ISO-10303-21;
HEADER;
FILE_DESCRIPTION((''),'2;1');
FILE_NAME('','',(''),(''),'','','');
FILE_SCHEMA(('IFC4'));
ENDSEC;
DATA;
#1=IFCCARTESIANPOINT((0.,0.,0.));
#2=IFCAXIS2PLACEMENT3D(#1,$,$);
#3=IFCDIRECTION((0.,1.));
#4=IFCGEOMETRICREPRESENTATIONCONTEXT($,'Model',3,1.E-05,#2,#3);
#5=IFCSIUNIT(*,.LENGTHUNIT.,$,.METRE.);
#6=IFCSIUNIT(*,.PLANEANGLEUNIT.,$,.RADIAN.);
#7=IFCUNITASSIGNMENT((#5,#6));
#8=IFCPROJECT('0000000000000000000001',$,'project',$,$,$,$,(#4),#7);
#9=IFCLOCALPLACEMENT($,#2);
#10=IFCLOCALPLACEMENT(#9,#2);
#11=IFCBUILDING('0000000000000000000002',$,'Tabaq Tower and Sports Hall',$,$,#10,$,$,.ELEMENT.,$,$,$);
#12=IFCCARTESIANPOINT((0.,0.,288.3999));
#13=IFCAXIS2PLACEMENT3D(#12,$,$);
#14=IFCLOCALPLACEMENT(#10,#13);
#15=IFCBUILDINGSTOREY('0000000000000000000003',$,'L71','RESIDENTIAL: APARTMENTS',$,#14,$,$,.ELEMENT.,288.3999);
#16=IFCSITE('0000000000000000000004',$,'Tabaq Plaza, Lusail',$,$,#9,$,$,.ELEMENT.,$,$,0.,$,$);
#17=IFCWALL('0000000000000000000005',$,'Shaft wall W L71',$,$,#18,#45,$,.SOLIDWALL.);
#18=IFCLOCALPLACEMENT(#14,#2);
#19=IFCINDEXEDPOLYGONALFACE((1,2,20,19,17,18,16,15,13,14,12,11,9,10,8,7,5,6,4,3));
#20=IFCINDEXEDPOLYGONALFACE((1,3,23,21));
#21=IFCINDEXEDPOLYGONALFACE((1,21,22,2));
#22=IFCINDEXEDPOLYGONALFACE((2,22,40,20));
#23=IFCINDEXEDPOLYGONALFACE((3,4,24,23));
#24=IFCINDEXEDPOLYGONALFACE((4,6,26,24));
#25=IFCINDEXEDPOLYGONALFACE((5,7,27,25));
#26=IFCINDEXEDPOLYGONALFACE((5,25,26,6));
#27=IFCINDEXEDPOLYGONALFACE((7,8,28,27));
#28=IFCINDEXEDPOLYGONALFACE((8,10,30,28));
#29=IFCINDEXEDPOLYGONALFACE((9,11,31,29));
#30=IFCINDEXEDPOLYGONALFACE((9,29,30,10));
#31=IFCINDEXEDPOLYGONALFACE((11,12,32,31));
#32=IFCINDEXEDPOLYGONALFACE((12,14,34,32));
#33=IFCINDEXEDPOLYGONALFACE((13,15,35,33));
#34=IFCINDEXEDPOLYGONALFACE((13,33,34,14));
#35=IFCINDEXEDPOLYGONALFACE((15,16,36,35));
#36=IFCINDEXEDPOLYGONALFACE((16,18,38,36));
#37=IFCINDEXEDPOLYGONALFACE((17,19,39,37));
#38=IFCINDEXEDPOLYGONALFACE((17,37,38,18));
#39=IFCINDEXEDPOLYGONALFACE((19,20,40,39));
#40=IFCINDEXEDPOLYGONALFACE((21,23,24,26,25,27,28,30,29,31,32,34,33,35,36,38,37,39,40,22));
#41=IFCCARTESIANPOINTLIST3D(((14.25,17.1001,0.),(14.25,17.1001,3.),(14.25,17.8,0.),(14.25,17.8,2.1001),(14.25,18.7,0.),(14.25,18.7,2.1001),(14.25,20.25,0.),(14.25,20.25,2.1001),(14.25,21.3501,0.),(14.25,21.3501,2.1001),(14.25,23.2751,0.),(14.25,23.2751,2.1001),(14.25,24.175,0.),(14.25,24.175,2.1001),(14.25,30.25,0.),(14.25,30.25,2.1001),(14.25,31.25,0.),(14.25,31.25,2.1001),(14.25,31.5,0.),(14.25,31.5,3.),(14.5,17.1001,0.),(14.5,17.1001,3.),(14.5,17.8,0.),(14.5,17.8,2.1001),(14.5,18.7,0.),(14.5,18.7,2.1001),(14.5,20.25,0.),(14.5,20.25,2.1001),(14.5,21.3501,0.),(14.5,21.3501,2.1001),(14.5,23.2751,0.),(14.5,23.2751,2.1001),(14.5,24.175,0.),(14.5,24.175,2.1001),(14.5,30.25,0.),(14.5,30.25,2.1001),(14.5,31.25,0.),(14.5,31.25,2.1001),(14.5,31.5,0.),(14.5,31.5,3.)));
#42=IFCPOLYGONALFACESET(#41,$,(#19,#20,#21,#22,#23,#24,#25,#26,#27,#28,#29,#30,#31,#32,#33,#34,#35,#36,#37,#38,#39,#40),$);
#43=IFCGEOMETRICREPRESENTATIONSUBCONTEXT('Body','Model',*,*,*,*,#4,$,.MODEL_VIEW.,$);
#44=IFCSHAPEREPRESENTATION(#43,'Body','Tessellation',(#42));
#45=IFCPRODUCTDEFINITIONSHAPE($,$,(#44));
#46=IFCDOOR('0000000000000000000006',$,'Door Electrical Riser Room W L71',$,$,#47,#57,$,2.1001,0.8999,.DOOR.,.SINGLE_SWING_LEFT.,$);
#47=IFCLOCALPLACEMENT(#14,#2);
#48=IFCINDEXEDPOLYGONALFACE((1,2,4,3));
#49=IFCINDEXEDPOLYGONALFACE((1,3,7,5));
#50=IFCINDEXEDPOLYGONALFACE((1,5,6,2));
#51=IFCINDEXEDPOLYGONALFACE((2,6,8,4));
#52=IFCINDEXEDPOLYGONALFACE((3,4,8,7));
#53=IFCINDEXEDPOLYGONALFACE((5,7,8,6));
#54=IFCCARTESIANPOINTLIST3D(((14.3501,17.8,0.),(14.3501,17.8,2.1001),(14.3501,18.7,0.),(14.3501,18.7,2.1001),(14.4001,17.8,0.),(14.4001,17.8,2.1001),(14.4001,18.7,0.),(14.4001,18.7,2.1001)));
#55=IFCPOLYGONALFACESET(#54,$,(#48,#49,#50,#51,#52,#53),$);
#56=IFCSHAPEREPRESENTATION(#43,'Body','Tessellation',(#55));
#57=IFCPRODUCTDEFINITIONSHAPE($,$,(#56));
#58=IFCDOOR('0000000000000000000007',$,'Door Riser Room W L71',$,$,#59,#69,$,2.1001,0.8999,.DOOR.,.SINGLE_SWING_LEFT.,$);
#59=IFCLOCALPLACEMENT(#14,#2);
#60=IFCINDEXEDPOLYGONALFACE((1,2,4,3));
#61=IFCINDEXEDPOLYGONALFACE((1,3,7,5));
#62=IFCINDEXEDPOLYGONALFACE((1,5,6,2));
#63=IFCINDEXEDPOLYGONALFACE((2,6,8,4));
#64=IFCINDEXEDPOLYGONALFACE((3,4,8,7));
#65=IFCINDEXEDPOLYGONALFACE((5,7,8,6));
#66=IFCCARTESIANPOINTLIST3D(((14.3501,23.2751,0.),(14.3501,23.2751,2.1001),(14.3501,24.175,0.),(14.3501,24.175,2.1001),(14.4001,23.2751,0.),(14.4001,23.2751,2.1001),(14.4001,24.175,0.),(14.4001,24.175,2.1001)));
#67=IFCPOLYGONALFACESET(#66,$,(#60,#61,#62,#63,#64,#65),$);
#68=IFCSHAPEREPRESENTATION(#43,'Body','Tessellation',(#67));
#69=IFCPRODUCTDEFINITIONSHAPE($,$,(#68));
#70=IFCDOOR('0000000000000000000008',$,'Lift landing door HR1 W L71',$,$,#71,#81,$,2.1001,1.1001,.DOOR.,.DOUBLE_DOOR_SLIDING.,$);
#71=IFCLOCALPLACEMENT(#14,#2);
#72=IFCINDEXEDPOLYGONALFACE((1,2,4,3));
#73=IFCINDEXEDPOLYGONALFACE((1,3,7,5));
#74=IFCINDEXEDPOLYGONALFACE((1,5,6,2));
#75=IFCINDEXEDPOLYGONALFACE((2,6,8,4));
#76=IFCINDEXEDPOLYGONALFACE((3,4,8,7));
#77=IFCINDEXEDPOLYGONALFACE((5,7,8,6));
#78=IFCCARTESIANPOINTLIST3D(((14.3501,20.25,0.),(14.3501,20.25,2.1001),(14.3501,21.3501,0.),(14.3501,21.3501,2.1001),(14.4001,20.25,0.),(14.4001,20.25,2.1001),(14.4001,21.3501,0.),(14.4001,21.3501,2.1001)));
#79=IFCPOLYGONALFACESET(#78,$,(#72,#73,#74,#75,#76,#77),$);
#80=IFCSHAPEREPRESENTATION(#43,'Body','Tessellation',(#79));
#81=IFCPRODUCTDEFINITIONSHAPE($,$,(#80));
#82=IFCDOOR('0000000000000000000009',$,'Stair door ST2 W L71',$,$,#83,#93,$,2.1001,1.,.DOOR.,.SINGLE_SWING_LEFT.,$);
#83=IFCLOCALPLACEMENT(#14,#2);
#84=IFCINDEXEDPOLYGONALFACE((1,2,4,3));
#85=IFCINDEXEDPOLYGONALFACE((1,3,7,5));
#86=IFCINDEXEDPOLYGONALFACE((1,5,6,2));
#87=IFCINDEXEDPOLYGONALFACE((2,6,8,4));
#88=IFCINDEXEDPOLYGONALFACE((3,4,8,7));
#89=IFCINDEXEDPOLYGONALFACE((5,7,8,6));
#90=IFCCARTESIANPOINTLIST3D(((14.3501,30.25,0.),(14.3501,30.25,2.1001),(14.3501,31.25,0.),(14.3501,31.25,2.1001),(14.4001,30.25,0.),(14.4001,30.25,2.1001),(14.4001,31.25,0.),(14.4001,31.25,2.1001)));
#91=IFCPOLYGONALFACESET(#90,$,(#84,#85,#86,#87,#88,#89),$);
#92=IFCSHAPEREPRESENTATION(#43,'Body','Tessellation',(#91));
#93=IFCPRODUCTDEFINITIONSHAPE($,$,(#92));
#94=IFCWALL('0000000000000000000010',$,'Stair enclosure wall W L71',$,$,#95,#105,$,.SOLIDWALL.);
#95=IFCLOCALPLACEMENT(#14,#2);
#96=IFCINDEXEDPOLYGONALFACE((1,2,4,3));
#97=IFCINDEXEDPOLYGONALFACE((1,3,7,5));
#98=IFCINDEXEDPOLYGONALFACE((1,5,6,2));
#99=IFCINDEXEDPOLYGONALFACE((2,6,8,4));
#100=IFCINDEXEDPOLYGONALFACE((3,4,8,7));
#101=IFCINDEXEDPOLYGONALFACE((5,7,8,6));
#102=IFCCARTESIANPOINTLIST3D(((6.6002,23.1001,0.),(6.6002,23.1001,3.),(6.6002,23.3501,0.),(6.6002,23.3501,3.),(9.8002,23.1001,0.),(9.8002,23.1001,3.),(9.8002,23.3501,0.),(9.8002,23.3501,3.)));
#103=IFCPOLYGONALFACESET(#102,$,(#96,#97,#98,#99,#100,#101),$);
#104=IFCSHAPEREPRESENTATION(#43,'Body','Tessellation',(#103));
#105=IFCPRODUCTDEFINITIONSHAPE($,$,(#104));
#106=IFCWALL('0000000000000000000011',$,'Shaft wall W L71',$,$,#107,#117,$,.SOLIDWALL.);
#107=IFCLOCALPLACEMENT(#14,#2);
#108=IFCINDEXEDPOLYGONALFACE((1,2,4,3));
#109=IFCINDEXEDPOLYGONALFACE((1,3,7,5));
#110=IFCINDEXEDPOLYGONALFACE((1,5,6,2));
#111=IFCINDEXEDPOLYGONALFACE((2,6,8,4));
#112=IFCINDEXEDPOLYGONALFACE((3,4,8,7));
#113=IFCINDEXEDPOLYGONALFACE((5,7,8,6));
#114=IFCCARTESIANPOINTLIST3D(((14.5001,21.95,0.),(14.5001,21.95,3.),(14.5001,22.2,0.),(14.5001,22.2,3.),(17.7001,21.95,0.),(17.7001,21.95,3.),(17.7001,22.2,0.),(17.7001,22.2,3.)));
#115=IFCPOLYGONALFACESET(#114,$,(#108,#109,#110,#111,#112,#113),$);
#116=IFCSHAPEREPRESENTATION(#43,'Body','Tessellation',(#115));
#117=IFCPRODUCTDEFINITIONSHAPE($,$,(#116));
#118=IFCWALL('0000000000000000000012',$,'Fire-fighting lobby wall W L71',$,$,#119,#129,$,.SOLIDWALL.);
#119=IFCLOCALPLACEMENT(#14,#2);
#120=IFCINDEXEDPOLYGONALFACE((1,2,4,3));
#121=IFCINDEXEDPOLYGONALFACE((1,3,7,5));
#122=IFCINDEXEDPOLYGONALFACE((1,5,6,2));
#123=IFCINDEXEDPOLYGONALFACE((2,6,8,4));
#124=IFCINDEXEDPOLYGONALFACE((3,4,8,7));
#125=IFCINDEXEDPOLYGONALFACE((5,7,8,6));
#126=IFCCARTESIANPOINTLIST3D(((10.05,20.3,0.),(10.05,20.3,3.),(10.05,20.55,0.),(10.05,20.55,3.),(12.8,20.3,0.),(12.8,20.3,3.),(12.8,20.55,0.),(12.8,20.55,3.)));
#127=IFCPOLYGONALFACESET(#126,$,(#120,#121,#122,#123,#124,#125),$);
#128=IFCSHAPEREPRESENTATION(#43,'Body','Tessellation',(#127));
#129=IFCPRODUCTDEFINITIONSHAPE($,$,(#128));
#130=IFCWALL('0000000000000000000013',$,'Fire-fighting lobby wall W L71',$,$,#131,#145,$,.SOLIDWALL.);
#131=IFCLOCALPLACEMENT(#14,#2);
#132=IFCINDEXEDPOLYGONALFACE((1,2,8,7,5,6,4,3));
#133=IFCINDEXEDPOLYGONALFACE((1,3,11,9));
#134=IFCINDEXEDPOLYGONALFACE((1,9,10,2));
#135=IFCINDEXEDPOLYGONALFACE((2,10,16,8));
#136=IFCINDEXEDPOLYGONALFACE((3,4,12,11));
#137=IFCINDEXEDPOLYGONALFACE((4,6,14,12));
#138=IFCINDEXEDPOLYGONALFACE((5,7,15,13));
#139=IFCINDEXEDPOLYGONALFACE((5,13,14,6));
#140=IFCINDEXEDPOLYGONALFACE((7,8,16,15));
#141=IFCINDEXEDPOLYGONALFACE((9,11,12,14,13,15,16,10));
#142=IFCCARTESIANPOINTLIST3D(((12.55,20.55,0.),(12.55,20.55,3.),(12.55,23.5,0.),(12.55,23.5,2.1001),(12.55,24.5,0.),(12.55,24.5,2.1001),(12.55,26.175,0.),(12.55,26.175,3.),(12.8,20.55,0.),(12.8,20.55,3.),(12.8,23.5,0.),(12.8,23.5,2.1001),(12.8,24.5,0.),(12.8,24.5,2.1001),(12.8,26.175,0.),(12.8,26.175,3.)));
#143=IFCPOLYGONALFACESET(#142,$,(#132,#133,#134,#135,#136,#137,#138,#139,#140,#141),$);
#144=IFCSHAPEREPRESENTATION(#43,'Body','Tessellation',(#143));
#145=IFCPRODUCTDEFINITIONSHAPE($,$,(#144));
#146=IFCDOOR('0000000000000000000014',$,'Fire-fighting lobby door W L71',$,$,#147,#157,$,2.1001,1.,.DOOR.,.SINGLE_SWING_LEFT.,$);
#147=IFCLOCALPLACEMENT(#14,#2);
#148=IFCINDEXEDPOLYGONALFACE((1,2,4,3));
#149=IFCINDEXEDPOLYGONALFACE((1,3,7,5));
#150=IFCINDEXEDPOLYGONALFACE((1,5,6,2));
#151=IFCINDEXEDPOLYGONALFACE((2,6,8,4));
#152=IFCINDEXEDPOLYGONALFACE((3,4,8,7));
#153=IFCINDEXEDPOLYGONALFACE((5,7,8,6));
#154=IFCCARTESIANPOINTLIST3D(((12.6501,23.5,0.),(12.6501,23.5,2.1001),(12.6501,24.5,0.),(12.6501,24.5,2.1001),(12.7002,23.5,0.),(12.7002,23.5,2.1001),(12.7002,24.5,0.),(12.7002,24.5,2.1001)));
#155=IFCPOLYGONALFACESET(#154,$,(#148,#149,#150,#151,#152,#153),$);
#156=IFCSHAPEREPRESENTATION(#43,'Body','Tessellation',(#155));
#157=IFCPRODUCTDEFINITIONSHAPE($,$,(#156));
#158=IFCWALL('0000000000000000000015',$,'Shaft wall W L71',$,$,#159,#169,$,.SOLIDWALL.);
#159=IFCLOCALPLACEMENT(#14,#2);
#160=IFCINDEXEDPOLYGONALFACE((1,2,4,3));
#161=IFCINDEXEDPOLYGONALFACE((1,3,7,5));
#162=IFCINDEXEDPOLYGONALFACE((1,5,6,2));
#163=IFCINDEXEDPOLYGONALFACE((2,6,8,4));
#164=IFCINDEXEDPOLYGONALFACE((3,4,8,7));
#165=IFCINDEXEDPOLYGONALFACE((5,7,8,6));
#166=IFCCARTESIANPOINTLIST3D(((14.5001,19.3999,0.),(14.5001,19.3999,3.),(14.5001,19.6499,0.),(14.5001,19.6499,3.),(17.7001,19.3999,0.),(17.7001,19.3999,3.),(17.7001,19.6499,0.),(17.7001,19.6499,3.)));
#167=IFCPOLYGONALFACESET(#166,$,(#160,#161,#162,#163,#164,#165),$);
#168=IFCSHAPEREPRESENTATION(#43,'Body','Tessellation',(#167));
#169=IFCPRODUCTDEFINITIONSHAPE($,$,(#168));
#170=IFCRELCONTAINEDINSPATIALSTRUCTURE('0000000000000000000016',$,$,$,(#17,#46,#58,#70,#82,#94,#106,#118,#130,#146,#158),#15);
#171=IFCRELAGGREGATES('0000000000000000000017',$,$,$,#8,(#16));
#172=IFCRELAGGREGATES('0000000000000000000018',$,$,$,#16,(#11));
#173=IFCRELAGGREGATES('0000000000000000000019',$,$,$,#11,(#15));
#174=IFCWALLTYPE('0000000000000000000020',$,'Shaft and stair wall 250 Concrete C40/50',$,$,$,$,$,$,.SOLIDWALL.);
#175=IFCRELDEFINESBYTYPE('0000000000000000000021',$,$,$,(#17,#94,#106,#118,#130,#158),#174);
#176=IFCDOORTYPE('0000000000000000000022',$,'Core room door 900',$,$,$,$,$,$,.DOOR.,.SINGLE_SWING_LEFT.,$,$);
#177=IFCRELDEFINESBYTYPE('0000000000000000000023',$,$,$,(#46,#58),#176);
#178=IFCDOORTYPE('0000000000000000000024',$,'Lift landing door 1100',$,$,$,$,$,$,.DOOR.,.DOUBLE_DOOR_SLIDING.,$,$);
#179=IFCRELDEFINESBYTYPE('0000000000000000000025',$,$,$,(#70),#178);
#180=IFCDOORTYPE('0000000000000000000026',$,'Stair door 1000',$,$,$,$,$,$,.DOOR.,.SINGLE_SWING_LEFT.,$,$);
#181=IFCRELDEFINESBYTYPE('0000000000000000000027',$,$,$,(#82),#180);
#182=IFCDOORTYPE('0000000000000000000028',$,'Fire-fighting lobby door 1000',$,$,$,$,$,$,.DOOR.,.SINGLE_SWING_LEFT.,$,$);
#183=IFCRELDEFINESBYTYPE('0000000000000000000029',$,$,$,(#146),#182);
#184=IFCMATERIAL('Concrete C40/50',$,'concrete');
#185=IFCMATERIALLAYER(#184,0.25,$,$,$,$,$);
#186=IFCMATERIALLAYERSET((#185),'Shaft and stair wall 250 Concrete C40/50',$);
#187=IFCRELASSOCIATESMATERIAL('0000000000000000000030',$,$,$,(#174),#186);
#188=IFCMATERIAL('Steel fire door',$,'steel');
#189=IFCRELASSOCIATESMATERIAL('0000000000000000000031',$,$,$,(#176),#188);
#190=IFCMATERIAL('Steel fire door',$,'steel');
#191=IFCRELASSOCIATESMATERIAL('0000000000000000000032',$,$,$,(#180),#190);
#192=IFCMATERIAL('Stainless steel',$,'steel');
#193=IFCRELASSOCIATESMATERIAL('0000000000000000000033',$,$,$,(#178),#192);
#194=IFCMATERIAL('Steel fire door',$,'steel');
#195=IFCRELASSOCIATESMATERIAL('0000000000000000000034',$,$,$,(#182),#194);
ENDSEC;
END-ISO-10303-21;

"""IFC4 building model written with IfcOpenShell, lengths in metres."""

from ifc_helpers import new_model, si_unit, direction, frame, frame_2d, origin, place, context, subcontext, project, spatial, rectangle, extrude, material, layer, layer_set, type_object, element, fill, save


model = new_model("IFC4")

# Units and contexts
model_context = context("Model", 3, precision=1e-05, world=origin(), true_north=direction((0.0, 1.0)))
body_context = subcontext(model_context, "Body", "Model", "MODEL_VIEW")
ifc_project = project(units=[si_unit("LENGTHUNIT", "METRE"), si_unit("PLANEANGLEUNIT", "RADIAN")], contexts=[model_context])

# Site, building, storey
site_placement = place(None, origin())
site = spatial("IfcSite", under=ifc_project, at=site_placement, Name="Tabaq Plaza, Lusail", CompositionType="ELEMENT", RefElevation=0.0)
building_placement = place(site_placement, origin())
building = spatial("IfcBuilding", under=site, at=building_placement, Name="Tabaq Tower and Sports Hall", CompositionType="ELEMENT")
storey_placement = place(building_placement, frame((0.0, 0.0, 288.3999)))
storey = spatial("IfcBuildingStorey", under=building, at=storey_placement, Name="L71", Description="RESIDENTIAL: APARTMENTS", CompositionType="ELEMENT", Elevation=288.3999)

# Wall, openings, doors
ifc_material_1 = material(Name="Concrete C40/50", Category="concrete")
ifc_layer_1 = layer(ifc_material_1, 0.25)
ifc_layer_set_1 = layer_set([ifc_layer_1], Name="Shaft and stair wall 250 Concrete C40/50")
wall_type_1 = type_object("IfcWallType", Name="Shaft and stair wall 250 Concrete C40/50", PredefinedType="SOLIDWALL", material=ifc_layer_set_1)
ifc_material_2 = material(Name="Steel fire door", Category="steel")
door_type_1 = type_object("IfcDoorType", Name="Core room door 900", OperationType="SINGLE_SWING_LEFT", PredefinedType="DOOR", material=ifc_material_2)
ifc_material_3 = material(Name="Steel fire door", Category="steel")
door_type_2 = type_object("IfcDoorType", Name="Stair door 1000", OperationType="SINGLE_SWING_LEFT", PredefinedType="DOOR", material=ifc_material_3)
wall_1_placement = place(storey_placement, frame((14.375, 17.1001, 0.0), z_axis=(0.0, 0.0, 1.0), x_axis=(0.0, 1.0, 0.0)))
wall_1 = element("IfcWall", 1, at=wall_1_placement, inside=storey, type_object=wall_type_1, Name="Shaft wall W L71", PredefinedType="SOLIDWALL", context=body_context, shape_type="SweptSolid", body=[
    extrude(rectangle(XDim=14.3999, YDim=0.25, at=frame_2d((7.2, 0.0))), origin(), (0.0, 0.0, 1.0), 3.0),
])
opening_1_placement = place(wall_1_placement, frame((13.1499, 0.0, 0.0)))
opening_1 = element("IfcOpeningElement", 2, at=opening_1_placement, cuts=wall_1, PredefinedType="OPENING", context=body_context, shape_type="SweptSolid", body=[
    extrude(rectangle(XDim=1.0, YDim=2.1001, at=frame_2d((0.5, 1.05))), frame((0.0, 0.125, 0.0), z_axis=(0.0, -1.0, 0.0), x_axis=(1.0, 0.0, 0.0)), (0.0, 0.0, 1.0), 0.25),
])
opening_2_placement = place(wall_1_placement, frame((3.1499, 0.0, 0.0)))
opening_2 = element("IfcOpeningElement", 3, at=opening_2_placement, cuts=wall_1, PredefinedType="OPENING", context=body_context, shape_type="SweptSolid", body=[
    extrude(rectangle(XDim=1.1001, YDim=2.1001, at=frame_2d((0.55, 1.05))), frame((0.0, 0.125, 0.0), z_axis=(0.0, -1.0, 0.0), x_axis=(1.0, 0.0, 0.0)), (0.0, 0.0, 1.0), 0.25),
])
opening_3_placement = place(wall_1_placement, frame((0.7, 0.0, 0.0)))
opening_3 = element("IfcOpeningElement", 4, at=opening_3_placement, cuts=wall_1, PredefinedType="OPENING", context=body_context, shape_type="SweptSolid", body=[
    extrude(rectangle(XDim=0.8999, YDim=2.1001, at=frame_2d((0.45, 1.05))), frame((0.0, 0.125, 0.0), z_axis=(0.0, -1.0, 0.0), x_axis=(1.0, 0.0, 0.0)), (0.0, 0.0, 1.0), 0.25),
])
opening_4_placement = place(wall_1_placement, frame((6.175, 0.0, 0.0)))
opening_4 = element("IfcOpeningElement", 5, at=opening_4_placement, cuts=wall_1, PredefinedType="OPENING", context=body_context, shape_type="SweptSolid", body=[
    extrude(rectangle(XDim=0.8999, YDim=2.1001, at=frame_2d((0.45, 1.05))), frame((0.0, 0.125, 0.0), z_axis=(0.0, -1.0, 0.0), x_axis=(1.0, 0.0, 0.0)), (0.0, 0.0, 1.0), 0.25),
])
door_1_placement = place(opening_3_placement, origin())
door_1 = element("IfcDoor", 6, at=door_1_placement, inside=storey, type_object=door_type_1, Name="Door Electrical Riser Room W L71", OperationType="SINGLE_SWING_LEFT", OverallHeight=2.1001, OverallWidth=0.8999, PredefinedType="DOOR", context=body_context, shape_type="SweptSolid", body=[
    extrude(rectangle(XDim=0.8999, YDim=2.1001, at=frame_2d((0.45, 1.05))), frame((0.0, 0.0249, 0.0), z_axis=(0.0, -1.0, 0.0), x_axis=(1.0, 0.0, 0.0)), (0.0, 0.0, 1.0), 0.05),
])
fill(opening_3, door_1)
door_2_placement = place(opening_4_placement, origin())
door_2 = element("IfcDoor", 7, at=door_2_placement, inside=storey, type_object=door_type_1, Name="Door Riser Room W L71", OperationType="SINGLE_SWING_LEFT", OverallHeight=2.1001, OverallWidth=0.8999, PredefinedType="DOOR", context=body_context, shape_type="SweptSolid", body=[
    extrude(rectangle(XDim=0.8999, YDim=2.1001, at=frame_2d((0.45, 1.05))), frame((0.0, 0.0249, 0.0), z_axis=(0.0, -1.0, 0.0), x_axis=(1.0, 0.0, 0.0)), (0.0, 0.0, 1.0), 0.05),
])
fill(opening_4, door_2)
ifc_material_4 = material(Name="Stainless steel", Category="steel")
door_type_3 = type_object("IfcDoorType", Name="Lift landing door 1100", OperationType="DOUBLE_DOOR_SLIDING", PredefinedType="DOOR", material=ifc_material_4)
door_3_placement = place(opening_2_placement, origin())
door_3 = element("IfcDoor", 8, at=door_3_placement, inside=storey, type_object=door_type_3, Name="Lift landing door HR1 W L71", OperationType="DOUBLE_DOOR_SLIDING", OverallHeight=2.1001, OverallWidth=1.1001, PredefinedType="DOOR", context=body_context, shape_type="SweptSolid", body=[
    extrude(rectangle(XDim=1.1001, YDim=2.1001, at=frame_2d((0.55, 1.05))), frame((0.0, 0.0249, 0.0), z_axis=(0.0, -1.0, 0.0), x_axis=(1.0, 0.0, 0.0)), (0.0, 0.0, 1.0), 0.05),
])
fill(opening_2, door_3)
door_4_placement = place(opening_1_placement, origin())
door_4 = element("IfcDoor", 9, at=door_4_placement, inside=storey, type_object=door_type_2, Name="Stair door ST2 W L71", OperationType="SINGLE_SWING_LEFT", OverallHeight=2.1001, OverallWidth=1.0, PredefinedType="DOOR", context=body_context, shape_type="SweptSolid", body=[
    extrude(rectangle(XDim=1.0, YDim=2.1001, at=frame_2d((0.5, 1.05))), frame((0.0, 0.0249, 0.0), z_axis=(0.0, -1.0, 0.0), x_axis=(1.0, 0.0, 0.0)), (0.0, 0.0, 1.0), 0.05),
])
fill(opening_1, door_4)

# Walls
for number, where, z_axis, x_axis, name in (
    (10, (6.6001, 23.2251, 0.0), (0.0, 0.0, 1.0), (1.0, 0.0, 0.0), "Stair enclosure wall W L71"),
    (11, (14.5, 22.075, 0.0), (0.0, 0.0, 1.0), (1.0, 0.0, 0.0), "Shaft wall W L71"),
):
    element("IfcWall", number, at=place(storey_placement, frame(where, z_axis=z_axis, x_axis=x_axis)), inside=storey, type_object=wall_type_1, Name=name, PredefinedType="SOLIDWALL", context=body_context, shape_type="SweptSolid", body=[
        extrude(rectangle(XDim=3.2, YDim=0.25, at=frame_2d((1.6001, 0.0))), origin(), (0.0, 0.0, 1.0), 3.0),
    ])
wall_2_placement = place(storey_placement, frame((10.05, 20.425, 0.0), z_axis=(0.0, 0.0, 1.0), x_axis=(1.0, 0.0, 0.0)))
element("IfcWall", 12, at=wall_2_placement, inside=storey, type_object=wall_type_1, Name="Fire-fighting lobby wall W L71", PredefinedType="SOLIDWALL", context=body_context, shape_type="SweptSolid", body=[
    extrude(rectangle(XDim=2.75, YDim=0.25, at=frame_2d((1.375, 0.0))), origin(), (0.0, 0.0, 1.0), 3.0),
])

# Wall, opening, door
wall_3_placement = place(storey_placement, frame((12.675, 20.55, 0.0), z_axis=(0.0, 0.0, 1.0), x_axis=(0.0, 1.0, 0.0)))
wall_3 = element("IfcWall", 13, at=wall_3_placement, inside=storey, type_object=wall_type_1, Name="Fire-fighting lobby wall W L71", PredefinedType="SOLIDWALL", context=body_context, shape_type="SweptSolid", body=[
    extrude(rectangle(XDim=5.625, YDim=0.25, at=frame_2d((2.8125, 0.0))), origin(), (0.0, 0.0, 1.0), 3.0),
])
opening_5_placement = place(wall_3_placement, frame((2.95, 0.0, 0.0)))
opening_5 = element("IfcOpeningElement", 14, at=opening_5_placement, cuts=wall_3, PredefinedType="OPENING", context=body_context, shape_type="SweptSolid", body=[
    extrude(rectangle(XDim=1.0, YDim=2.1001, at=frame_2d((0.5, 1.05))), frame((0.0, 0.125, 0.0), z_axis=(0.0, -1.0, 0.0), x_axis=(1.0, 0.0, 0.0)), (0.0, 0.0, 1.0), 0.25),
])
ifc_material_5 = material(Name="Steel fire door", Category="steel")
door_type_4 = type_object("IfcDoorType", Name="Fire-fighting lobby door 1000", OperationType="SINGLE_SWING_LEFT", PredefinedType="DOOR", material=ifc_material_5)
door_5_placement = place(opening_5_placement, origin())
door_5 = element("IfcDoor", 15, at=door_5_placement, inside=storey, type_object=door_type_4, Name="Fire-fighting lobby door W L71", OperationType="SINGLE_SWING_LEFT", OverallHeight=2.1001, OverallWidth=1.0, PredefinedType="DOOR", context=body_context, shape_type="SweptSolid", body=[
    extrude(rectangle(XDim=1.0, YDim=2.1001, at=frame_2d((0.5, 1.05))), frame((0.0, 0.0249, 0.0), z_axis=(0.0, -1.0, 0.0), x_axis=(1.0, 0.0, 0.0)), (0.0, 0.0, 1.0), 0.05),
])
fill(opening_5, door_5)

# Wall
wall_4_placement = place(storey_placement, frame((14.5, 19.5249, 0.0), z_axis=(0.0, 0.0, 1.0), x_axis=(1.0, 0.0, 0.0)))
element("IfcWall", 16, at=wall_4_placement, inside=storey, type_object=wall_type_1, Name="Shaft wall W L71", PredefinedType="SOLIDWALL", context=body_context, shape_type="SweptSolid", body=[
    extrude(rectangle(XDim=3.2, YDim=0.25, at=frame_2d((1.6001, 0.0))), origin(), (0.0, 0.0, 1.0), 3.0),
])

save(model, "model.ifc")
